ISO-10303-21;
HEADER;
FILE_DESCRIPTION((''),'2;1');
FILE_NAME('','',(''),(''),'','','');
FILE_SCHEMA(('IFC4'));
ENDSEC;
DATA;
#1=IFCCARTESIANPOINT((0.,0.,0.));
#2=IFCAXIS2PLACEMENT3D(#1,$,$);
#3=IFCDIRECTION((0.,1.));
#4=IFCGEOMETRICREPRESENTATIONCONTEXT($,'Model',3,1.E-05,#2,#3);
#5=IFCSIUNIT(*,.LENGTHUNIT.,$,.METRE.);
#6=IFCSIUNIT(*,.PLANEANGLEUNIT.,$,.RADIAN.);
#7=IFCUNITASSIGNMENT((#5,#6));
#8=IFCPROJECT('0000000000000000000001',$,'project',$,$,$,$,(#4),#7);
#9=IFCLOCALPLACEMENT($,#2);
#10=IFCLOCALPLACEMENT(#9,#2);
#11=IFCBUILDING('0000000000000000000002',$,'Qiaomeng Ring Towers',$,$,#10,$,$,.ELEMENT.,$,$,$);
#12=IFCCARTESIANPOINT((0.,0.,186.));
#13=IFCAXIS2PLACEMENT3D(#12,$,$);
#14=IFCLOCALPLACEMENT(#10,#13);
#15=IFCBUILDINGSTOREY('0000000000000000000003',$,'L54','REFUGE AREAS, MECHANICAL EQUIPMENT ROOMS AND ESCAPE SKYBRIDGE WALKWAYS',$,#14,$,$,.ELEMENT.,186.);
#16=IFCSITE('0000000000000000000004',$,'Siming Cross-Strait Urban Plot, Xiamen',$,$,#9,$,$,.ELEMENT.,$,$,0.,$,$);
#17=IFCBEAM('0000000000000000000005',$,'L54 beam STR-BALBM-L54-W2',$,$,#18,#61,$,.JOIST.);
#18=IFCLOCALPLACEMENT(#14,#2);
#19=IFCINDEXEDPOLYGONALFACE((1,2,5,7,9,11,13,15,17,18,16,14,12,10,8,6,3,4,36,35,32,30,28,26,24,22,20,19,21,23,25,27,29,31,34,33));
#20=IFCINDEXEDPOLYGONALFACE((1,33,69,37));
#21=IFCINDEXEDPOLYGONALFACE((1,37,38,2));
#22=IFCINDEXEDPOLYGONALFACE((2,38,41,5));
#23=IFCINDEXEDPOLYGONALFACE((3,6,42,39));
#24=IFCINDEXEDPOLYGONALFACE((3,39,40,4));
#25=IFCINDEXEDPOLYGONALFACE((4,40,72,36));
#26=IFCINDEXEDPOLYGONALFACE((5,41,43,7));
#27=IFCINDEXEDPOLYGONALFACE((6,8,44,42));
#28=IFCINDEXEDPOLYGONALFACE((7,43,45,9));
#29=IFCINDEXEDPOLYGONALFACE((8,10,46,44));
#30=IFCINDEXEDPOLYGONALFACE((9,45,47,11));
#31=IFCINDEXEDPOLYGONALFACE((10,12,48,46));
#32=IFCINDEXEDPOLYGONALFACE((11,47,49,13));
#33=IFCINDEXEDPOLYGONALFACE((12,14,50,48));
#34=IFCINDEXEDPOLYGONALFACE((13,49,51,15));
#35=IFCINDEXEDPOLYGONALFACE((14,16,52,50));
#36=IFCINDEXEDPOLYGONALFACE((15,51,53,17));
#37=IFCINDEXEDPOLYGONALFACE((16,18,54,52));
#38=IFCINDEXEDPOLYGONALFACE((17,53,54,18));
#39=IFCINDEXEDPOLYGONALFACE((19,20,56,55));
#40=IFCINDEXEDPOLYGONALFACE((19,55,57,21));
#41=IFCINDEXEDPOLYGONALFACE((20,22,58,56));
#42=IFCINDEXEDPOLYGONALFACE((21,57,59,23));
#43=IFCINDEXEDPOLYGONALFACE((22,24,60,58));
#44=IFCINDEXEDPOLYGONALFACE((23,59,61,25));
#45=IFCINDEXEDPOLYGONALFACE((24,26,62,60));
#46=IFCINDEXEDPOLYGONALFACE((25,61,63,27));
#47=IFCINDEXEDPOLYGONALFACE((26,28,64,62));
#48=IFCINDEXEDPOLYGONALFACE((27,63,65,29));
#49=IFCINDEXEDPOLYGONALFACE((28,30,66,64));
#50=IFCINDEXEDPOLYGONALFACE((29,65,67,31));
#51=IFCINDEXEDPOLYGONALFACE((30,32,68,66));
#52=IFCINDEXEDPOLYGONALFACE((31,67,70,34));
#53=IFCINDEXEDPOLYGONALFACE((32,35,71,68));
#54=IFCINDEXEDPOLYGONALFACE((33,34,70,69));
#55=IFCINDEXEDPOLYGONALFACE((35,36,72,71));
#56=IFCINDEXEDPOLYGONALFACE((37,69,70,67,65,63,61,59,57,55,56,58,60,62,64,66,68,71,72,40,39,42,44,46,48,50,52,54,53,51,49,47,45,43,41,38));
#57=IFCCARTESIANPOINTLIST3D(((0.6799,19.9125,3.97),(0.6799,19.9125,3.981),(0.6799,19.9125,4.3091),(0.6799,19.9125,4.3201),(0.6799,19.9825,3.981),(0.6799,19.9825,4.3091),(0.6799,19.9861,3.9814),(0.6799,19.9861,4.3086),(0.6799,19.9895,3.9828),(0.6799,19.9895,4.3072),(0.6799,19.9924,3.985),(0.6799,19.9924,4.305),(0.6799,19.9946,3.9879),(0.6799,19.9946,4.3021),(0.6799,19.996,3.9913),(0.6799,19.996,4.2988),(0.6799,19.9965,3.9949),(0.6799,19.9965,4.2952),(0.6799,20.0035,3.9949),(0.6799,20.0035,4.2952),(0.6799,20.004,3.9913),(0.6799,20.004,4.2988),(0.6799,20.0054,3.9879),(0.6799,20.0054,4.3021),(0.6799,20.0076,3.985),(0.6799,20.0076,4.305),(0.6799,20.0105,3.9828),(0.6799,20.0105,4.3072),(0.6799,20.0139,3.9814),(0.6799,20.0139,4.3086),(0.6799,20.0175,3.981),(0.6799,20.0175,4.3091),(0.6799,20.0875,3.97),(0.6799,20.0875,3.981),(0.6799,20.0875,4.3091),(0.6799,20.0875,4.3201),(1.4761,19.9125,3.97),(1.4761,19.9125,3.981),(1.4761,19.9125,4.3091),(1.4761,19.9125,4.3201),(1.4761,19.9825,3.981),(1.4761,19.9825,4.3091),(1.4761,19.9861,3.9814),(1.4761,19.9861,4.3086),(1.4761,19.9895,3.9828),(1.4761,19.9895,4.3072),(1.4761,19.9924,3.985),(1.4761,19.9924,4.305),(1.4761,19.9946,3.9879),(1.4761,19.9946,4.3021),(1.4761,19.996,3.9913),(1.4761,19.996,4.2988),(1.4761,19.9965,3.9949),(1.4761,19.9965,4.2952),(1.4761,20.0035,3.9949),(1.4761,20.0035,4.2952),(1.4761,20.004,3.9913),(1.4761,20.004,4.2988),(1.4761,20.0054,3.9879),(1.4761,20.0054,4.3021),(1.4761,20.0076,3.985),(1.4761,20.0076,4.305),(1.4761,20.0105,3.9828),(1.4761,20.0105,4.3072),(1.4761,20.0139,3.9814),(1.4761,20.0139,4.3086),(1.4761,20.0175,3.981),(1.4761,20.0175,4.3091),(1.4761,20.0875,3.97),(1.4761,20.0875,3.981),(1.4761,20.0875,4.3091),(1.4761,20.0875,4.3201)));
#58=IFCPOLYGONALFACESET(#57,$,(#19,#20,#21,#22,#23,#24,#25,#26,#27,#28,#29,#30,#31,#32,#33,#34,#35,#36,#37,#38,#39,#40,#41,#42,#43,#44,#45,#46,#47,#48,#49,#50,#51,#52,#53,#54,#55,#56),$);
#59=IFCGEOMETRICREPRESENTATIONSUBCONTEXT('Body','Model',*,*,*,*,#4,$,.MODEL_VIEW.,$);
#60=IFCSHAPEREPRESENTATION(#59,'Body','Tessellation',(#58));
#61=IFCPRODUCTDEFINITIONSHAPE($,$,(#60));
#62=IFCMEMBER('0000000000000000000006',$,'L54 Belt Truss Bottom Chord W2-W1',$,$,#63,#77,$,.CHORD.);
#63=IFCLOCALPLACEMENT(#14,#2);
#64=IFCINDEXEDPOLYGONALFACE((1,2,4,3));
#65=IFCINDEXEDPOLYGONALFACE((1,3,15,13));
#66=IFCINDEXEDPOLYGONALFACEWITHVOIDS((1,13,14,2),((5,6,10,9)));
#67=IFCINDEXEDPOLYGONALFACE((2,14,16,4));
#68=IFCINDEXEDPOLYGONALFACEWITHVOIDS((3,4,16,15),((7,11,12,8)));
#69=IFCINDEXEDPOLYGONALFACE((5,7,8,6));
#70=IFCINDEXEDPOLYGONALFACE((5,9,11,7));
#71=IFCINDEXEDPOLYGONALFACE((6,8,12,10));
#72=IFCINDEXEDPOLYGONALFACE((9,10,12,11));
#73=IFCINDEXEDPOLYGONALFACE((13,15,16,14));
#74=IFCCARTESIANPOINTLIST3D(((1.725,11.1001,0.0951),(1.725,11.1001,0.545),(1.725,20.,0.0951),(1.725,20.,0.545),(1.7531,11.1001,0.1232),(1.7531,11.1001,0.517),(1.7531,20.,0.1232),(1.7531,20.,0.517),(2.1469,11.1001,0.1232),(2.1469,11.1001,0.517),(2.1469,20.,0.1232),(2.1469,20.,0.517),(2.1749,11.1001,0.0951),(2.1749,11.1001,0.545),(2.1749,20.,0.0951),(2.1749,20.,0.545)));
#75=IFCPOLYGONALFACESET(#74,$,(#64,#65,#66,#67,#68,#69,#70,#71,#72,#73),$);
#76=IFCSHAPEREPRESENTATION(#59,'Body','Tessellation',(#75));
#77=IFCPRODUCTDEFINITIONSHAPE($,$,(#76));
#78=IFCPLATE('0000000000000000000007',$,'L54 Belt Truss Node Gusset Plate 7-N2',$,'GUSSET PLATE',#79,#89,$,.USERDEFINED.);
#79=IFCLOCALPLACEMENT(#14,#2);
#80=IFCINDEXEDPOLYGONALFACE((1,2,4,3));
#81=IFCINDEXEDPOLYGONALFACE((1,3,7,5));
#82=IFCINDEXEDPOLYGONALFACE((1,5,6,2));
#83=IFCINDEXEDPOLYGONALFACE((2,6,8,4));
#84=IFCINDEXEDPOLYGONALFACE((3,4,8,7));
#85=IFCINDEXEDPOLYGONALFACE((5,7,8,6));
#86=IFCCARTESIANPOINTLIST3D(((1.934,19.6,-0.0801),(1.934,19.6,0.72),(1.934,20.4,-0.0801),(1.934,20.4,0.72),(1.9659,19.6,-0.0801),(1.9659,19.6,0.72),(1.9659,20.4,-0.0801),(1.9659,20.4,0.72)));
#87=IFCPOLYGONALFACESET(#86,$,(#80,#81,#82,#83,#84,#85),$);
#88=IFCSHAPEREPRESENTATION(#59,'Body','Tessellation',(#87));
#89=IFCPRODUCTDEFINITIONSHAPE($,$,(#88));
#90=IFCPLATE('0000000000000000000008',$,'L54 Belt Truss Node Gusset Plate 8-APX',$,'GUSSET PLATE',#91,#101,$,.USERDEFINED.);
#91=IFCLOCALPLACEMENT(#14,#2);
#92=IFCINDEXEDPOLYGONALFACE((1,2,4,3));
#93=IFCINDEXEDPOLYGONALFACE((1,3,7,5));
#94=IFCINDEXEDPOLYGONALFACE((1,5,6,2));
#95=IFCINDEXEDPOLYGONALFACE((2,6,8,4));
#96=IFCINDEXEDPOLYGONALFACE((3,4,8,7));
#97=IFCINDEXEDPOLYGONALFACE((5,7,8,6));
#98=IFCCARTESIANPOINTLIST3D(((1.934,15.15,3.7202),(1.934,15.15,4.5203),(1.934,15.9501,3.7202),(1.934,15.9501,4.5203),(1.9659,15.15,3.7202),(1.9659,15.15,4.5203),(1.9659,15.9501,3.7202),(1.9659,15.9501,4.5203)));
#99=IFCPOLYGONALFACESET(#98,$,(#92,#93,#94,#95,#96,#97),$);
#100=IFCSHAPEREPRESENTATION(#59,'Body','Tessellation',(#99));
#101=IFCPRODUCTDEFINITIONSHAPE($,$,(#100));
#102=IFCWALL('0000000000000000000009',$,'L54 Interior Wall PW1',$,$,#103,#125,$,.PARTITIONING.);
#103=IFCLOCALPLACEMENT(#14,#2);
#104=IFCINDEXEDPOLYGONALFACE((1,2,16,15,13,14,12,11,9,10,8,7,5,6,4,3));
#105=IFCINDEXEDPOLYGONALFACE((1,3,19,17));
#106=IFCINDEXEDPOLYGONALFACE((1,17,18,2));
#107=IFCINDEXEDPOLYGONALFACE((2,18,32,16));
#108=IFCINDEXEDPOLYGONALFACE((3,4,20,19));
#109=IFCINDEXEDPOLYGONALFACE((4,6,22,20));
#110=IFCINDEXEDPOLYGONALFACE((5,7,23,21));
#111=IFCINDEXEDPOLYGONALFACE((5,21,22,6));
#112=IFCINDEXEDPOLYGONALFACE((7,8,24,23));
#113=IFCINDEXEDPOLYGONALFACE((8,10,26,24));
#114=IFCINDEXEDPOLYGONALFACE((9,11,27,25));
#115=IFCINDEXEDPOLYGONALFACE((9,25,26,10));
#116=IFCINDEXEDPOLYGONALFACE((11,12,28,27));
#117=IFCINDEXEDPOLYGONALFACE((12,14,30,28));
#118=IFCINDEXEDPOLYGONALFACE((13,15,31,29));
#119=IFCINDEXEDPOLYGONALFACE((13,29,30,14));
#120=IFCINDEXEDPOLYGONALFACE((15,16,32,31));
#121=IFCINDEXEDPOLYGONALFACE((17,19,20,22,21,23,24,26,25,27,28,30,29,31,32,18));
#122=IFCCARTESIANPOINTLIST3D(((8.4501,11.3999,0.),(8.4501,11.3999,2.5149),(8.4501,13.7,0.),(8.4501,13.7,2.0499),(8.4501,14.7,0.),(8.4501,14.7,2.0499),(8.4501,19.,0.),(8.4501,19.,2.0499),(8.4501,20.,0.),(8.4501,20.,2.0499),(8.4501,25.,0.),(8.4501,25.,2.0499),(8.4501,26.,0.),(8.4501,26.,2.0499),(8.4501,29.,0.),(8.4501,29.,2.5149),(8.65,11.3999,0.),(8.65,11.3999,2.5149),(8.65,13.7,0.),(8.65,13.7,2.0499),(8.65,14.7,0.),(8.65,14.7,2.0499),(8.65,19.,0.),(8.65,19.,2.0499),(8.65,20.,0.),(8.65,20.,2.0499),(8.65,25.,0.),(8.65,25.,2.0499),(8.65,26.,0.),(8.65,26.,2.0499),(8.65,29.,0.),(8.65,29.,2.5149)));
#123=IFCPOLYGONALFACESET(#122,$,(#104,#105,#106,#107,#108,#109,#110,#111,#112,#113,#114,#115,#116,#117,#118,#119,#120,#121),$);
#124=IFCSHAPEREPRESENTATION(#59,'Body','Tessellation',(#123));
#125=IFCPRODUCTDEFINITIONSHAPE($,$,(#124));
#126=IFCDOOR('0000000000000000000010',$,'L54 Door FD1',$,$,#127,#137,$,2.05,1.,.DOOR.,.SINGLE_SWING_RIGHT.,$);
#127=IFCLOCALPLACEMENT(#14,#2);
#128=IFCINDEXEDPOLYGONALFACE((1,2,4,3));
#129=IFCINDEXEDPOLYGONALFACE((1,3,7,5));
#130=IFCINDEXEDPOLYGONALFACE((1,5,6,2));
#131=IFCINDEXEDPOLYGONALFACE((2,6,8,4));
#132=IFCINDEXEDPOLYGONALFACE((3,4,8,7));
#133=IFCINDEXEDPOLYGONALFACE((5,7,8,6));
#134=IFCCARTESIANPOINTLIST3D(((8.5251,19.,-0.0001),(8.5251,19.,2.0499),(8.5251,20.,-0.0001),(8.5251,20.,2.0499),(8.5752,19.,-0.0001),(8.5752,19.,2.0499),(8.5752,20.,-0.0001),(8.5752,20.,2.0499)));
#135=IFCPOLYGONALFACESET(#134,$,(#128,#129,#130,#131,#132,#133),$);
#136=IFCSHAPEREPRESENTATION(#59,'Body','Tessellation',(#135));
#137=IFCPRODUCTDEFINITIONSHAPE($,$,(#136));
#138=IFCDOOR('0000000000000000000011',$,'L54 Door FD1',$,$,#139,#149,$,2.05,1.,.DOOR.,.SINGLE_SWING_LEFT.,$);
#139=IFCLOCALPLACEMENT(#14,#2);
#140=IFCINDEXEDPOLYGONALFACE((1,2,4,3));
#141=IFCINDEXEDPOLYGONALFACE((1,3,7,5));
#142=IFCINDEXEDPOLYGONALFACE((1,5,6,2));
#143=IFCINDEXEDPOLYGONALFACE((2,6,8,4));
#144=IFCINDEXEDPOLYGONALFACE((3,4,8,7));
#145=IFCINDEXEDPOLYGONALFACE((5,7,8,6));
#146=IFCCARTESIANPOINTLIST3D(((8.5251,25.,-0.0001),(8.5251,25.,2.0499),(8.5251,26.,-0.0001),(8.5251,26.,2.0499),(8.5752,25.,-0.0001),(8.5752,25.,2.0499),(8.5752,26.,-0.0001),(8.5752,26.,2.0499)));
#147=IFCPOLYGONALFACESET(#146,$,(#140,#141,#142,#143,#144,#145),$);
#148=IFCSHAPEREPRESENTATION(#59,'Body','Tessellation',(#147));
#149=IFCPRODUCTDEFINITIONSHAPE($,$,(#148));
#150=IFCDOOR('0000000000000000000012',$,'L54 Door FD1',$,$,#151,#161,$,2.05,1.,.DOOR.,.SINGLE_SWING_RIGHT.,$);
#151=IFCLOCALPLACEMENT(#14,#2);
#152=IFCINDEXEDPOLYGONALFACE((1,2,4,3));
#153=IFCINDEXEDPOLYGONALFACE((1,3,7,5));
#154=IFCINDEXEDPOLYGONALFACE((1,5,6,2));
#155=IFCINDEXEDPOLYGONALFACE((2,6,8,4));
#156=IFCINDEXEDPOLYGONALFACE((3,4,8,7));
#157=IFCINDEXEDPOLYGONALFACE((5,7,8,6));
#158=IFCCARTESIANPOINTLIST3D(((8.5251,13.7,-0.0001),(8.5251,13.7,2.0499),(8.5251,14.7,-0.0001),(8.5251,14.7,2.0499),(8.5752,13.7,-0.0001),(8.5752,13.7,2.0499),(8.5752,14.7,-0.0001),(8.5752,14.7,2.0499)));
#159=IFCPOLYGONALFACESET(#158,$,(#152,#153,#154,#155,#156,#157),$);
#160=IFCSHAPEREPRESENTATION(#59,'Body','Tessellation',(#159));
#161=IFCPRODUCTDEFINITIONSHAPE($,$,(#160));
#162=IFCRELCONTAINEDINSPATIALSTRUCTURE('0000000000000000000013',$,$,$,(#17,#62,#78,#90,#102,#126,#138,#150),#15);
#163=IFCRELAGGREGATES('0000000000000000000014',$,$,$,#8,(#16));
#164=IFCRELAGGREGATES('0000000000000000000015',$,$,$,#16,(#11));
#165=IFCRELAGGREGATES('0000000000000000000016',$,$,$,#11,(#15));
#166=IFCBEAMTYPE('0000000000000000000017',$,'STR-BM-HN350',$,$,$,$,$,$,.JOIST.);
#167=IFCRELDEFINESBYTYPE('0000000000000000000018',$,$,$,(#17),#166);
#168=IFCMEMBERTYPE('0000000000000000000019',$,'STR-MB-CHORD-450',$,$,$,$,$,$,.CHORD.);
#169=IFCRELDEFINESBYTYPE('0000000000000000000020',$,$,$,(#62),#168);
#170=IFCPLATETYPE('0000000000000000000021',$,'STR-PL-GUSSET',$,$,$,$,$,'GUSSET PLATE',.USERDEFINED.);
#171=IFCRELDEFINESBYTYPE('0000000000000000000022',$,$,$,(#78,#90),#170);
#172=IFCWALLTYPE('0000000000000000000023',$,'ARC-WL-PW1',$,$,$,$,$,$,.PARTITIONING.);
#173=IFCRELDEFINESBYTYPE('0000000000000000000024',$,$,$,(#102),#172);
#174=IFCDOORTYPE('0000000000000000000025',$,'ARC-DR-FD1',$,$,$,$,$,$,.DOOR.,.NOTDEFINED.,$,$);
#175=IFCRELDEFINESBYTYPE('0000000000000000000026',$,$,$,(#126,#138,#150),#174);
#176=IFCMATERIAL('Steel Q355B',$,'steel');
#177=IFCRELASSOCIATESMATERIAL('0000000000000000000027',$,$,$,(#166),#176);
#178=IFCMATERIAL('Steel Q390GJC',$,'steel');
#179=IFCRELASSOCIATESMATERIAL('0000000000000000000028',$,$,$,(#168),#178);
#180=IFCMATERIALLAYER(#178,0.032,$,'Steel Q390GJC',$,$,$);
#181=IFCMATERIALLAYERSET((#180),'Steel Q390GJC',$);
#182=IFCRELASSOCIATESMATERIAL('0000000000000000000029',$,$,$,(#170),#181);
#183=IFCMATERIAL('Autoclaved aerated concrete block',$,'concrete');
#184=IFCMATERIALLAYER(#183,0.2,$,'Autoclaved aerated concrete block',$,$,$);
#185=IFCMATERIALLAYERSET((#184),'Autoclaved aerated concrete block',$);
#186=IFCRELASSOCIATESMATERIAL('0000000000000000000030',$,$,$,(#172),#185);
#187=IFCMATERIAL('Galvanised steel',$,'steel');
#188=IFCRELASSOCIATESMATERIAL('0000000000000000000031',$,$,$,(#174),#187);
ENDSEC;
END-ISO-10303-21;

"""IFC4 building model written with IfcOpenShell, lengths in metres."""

from ifc_helpers import new_model, si_unit, direction, frame, frame_2d, origin, origin_2d, place, context, subcontext, project, spatial, rectangle, hollow_rectangle, i_section, extrude, source, transform, mapped, material, layer, layer_set, material_profile, profile_set, type_object, element, fill, save


model = new_model("IFC4")

# Units and contexts
model_context = context("Model", 3, precision=1e-05, world=origin(), true_north=direction((0.0, 1.0)))
body_context = subcontext(model_context, "Body", "Model", "MODEL_VIEW")
ifc_project = project(units=[si_unit("LENGTHUNIT", "METRE"), si_unit("PLANEANGLEUNIT", "RADIAN")], contexts=[model_context])

# Site, building, storey
site_placement = place(None, origin())
site = spatial("IfcSite", under=ifc_project, at=site_placement, Name="Siming Cross-Strait Urban Plot, Xiamen", CompositionType="ELEMENT", RefElevation=0.0)
building_placement = place(site_placement, origin())
building = spatial("IfcBuilding", under=site, at=building_placement, Name="Qiaomeng Ring Towers", CompositionType="ELEMENT")
storey_placement = place(building_placement, frame((0.0, 0.0, 186.0)))
storey = spatial("IfcBuildingStorey", under=building, at=storey_placement, Name="L54", Description="REFUGE AREAS, MECHANICAL EQUIPMENT ROOMS AND ESCAPE SKYBRIDGE WALKWAYS", CompositionType="ELEMENT", Elevation=186.0)

# Shared definitions
ifc_material_1 = material(Name="Steel Q390GJC", Category="steel")

# Shared definitions
ifc_material_2 = material(Name="Steel Q355B", Category="steel")

# Beam
ifc_material_profile_1 = material_profile(ifc_material_2, i_section(OverallWidth=0.175, OverallDepth=0.3501, WebThickness=0.0071, FlangeThickness=0.011, FilletRadius=0.0139, at=origin_2d()), Name="HN 350x175x7x11")
ifc_profile_set_1 = profile_set([ifc_material_profile_1], Name="Steel Q355B")
beam_type_1 = type_object("IfcBeamType", Name="STR-BM-HN350", PredefinedType="JOIST", material=ifc_profile_set_1)
shared_shape_1 = source(origin(), body_context, "Body", "SweptSolid", [
    extrude(i_section(OverallWidth=0.175, OverallDepth=0.3501, WebThickness=0.0071, FlangeThickness=0.011, FilletRadius=0.0139, at=origin_2d()), origin(), (0.0, 0.0, 1.0), 0.7961),
])
beam_1_placement = place(storey_placement, frame((0.6799, 20.0, 4.145), z_axis=(1.0, 0.0, 0.0), x_axis=(0.0, 1.0, 0.0)))
element("IfcBeam", 1, at=beam_1_placement, inside=storey, type_object=beam_type_1, Name="L54 beam STR-BALBM-L54-W2", PredefinedType="JOIST", context=body_context, shape_type="MappedRepresentation", body=[
    mapped(shared_shape_1, transform((0.0, 0.0, 0.0), x_axis=(1.0, 0.0, 0.0), y_axis=(0.0, 1.0, 0.0), z_axis=(0.0, 0.0, 1.0), scale=1.0)),
])

# Member
ifc_material_profile_2 = material_profile(ifc_material_1, hollow_rectangle(XDim=0.45, YDim=0.45, WallThickness=0.0281, at=origin_2d()), Name="SHS 450x450x28")
ifc_profile_set_2 = profile_set([ifc_material_profile_2], Name="Steel Q390GJC")
member_type_1 = type_object("IfcMemberType", Name="STR-MB-CHORD-450", PredefinedType="CHORD", material=ifc_profile_set_2)
shared_shape_2 = source(origin(), body_context, "Body", "SweptSolid", [
    extrude(hollow_rectangle(XDim=0.45, YDim=0.45, WallThickness=0.0281, at=origin_2d()), origin(), (0.0, 0.0, 1.0), 8.8999),
])
member_1_placement = place(storey_placement, frame((1.95, 20.0, 0.3201), z_axis=(0.0, -1.0, 0.0), x_axis=(1.0, 0.0, 0.0)))
element("IfcMember", 2, at=member_1_placement, inside=storey, type_object=member_type_1, Name="L54 Belt Truss Bottom Chord W2-W1", PredefinedType="CHORD", context=body_context, shape_type="MappedRepresentation", body=[
    mapped(shared_shape_2, transform((0.0, 0.0, 0.0), x_axis=(1.0, 0.0, 0.0), y_axis=(0.0, 1.0, 0.0), z_axis=(0.0, 0.0, 1.0), scale=1.0)),
])

# Plates
ifc_layer_1 = layer(ifc_material_1, 0.032, Name="Steel Q390GJC")
ifc_layer_set_1 = layer_set([ifc_layer_1], Name="Steel Q390GJC")
plate_type = type_object("IfcPlateType", Name="STR-PL-GUSSET", ElementType="GUSSET PLATE", PredefinedType="USERDEFINED", material=ifc_layer_set_1)
shared_shape_3 = source(origin(), body_context, "Body", "SweptSolid", [
    extrude(rectangle(XDim=0.8, YDim=0.032, at=origin_2d()), origin(), (0.0, 0.0, 1.0), 0.8),
])
for number, where, z_axis, x_axis, name in (
    (3, (1.95, 20.0, -0.0801), (0.0, 0.0, 1.0), (0.0, -1.0, 0.0), "L54 Belt Truss Node Gusset Plate 7-N2"),
    (4, (1.95, 15.55, 3.7202), (0.0, 0.0, 1.0), (0.0, -1.0, 0.0), "L54 Belt Truss Node Gusset Plate 8-APX"),
):
    element("IfcPlate", number, at=place(storey_placement, frame(where, z_axis=z_axis, x_axis=x_axis)), inside=storey, type_object=plate_type, Name=name, ObjectType="GUSSET PLATE", PredefinedType="USERDEFINED", context=body_context, shape_type="MappedRepresentation", body=[
        mapped(shared_shape_3, transform((0.0, 0.0, 0.0), x_axis=(1.0, 0.0, 0.0), y_axis=(0.0, 1.0, 0.0), z_axis=(0.0, 0.0, 1.0), scale=1.0)),
    ])

# Wall, openings, doors
ifc_material_3 = material(Name="Autoclaved aerated concrete block", Category="concrete")
ifc_layer_2 = layer(ifc_material_3, 0.2, Name="Autoclaved aerated concrete block")
ifc_layer_set_2 = layer_set([ifc_layer_2], Name="Autoclaved aerated concrete block")
wall_type_1 = type_object("IfcWallType", Name="ARC-WL-PW1", PredefinedType="PARTITIONING", material=ifc_layer_set_2)
wall_1_placement = place(storey_placement, frame((8.55, 11.3999, 0.0), z_axis=(0.0, 0.0, 1.0), x_axis=(0.0, 1.0, 0.0)))
wall_1 = element("IfcWall", 5, at=wall_1_placement, inside=storey, type_object=wall_type_1, Name="L54 Interior Wall PW1", PredefinedType="PARTITIONING", context=body_context, shape_type="SweptSolid", body=[
    extrude(rectangle(XDim=17.6001, YDim=0.2, at=frame_2d((8.8, 0.0))), origin(), (0.0, 0.0, 1.0), 2.5149),
])
opening_1_placement = place(wall_1_placement, frame((7.6001, 0.0, 0.0)))
opening_1 = element("IfcOpeningElement", 6, at=opening_1_placement, cuts=wall_1, PredefinedType="OPENING", context=body_context, shape_type="SweptSolid", body=[
    extrude(rectangle(XDim=1.0, YDim=2.05, at=frame_2d((0.5, 1.0249))), frame((0.0, 0.1099, 0.0), z_axis=(0.0, -1.0, 0.0), x_axis=(1.0, 0.0, 0.0)), (0.0, 0.0, 1.0), 0.22),
])
opening_2_placement = place(wall_1_placement, frame((13.6001, 0.0, 0.0)))
opening_2 = element("IfcOpeningElement", 7, at=opening_2_placement, cuts=wall_1, PredefinedType="OPENING", context=body_context, shape_type="SweptSolid", body=[
    extrude(rectangle(XDim=1.0, YDim=2.05, at=frame_2d((0.5, 1.0249))), frame((0.0, 0.1099, 0.0), z_axis=(0.0, -1.0, 0.0), x_axis=(1.0, 0.0, 0.0)), (0.0, 0.0, 1.0), 0.22),
])
opening_3_placement = place(wall_1_placement, frame((2.3, 0.0, 0.0)))
opening_3 = element("IfcOpeningElement", 8, at=opening_3_placement, cuts=wall_1, PredefinedType="OPENING", context=body_context, shape_type="SweptSolid", body=[
    extrude(rectangle(XDim=1.0, YDim=2.05, at=frame_2d((0.5, 1.0249))), frame((0.0, 0.1099, 0.0), z_axis=(0.0, -1.0, 0.0), x_axis=(1.0, 0.0, 0.0)), (0.0, 0.0, 1.0), 0.22),
])
ifc_material_4 = material(Name="Galvanised steel", Category="steel")
door_type = type_object("IfcDoorType", Name="ARC-DR-FD1", OperationType="NOTDEFINED", PredefinedType="DOOR", material=ifc_material_4)
shared_shape_4 = source(origin(), body_context, "Body", "SweptSolid", [
    extrude(rectangle(XDim=1.0, YDim=2.05, at=frame_2d((0.5, 1.0249))), frame((0.0, 0.0249, 0.0), z_axis=(0.0, -1.0, 0.0), x_axis=(1.0, 0.0, 0.0)), (0.0, 0.0, 1.0), 0.05),
])
door_1_placement = place(opening_1_placement, origin())
door_1 = element("IfcDoor", 9, at=door_1_placement, inside=storey, type_object=door_type, Name="L54 Door FD1", OperationType="SINGLE_SWING_RIGHT", OverallHeight=2.05, OverallWidth=1.0, PredefinedType="DOOR", context=body_context, shape_type="MappedRepresentation", body=[
    mapped(shared_shape_4, transform((0.0, 0.0, 0.0), x_axis=(1.0, 0.0, 0.0), y_axis=(0.0, 1.0, 0.0), z_axis=(0.0, 0.0, 1.0), scale=1.0)),
])
fill(opening_1, door_1)
door_2_placement = place(opening_2_placement, origin())
door_2 = element("IfcDoor", 10, at=door_2_placement, inside=storey, type_object=door_type, Name="L54 Door FD1", OperationType="SINGLE_SWING_LEFT", OverallHeight=2.05, OverallWidth=1.0, PredefinedType="DOOR", context=body_context, shape_type="MappedRepresentation", body=[
    mapped(shared_shape_4, transform((0.0, 0.0, 0.0), x_axis=(1.0, 0.0, 0.0), y_axis=(0.0, 1.0, 0.0), z_axis=(0.0, 0.0, 1.0), scale=1.0)),
])
fill(opening_2, door_2)
door_3_placement = place(opening_3_placement, origin())
door_3 = element("IfcDoor", 11, at=door_3_placement, inside=storey, type_object=door_type, Name="L54 Door FD1", OperationType="SINGLE_SWING_RIGHT", OverallHeight=2.05, OverallWidth=1.0, PredefinedType="DOOR", context=body_context, shape_type="MappedRepresentation", body=[
    mapped(shared_shape_4, transform((0.0, 0.0, 0.0), x_axis=(1.0, 0.0, 0.0), y_axis=(0.0, 1.0, 0.0), z_axis=(0.0, 0.0, 1.0), scale=1.0)),
])
fill(opening_3, door_3)

save(model, "model.ifc")
